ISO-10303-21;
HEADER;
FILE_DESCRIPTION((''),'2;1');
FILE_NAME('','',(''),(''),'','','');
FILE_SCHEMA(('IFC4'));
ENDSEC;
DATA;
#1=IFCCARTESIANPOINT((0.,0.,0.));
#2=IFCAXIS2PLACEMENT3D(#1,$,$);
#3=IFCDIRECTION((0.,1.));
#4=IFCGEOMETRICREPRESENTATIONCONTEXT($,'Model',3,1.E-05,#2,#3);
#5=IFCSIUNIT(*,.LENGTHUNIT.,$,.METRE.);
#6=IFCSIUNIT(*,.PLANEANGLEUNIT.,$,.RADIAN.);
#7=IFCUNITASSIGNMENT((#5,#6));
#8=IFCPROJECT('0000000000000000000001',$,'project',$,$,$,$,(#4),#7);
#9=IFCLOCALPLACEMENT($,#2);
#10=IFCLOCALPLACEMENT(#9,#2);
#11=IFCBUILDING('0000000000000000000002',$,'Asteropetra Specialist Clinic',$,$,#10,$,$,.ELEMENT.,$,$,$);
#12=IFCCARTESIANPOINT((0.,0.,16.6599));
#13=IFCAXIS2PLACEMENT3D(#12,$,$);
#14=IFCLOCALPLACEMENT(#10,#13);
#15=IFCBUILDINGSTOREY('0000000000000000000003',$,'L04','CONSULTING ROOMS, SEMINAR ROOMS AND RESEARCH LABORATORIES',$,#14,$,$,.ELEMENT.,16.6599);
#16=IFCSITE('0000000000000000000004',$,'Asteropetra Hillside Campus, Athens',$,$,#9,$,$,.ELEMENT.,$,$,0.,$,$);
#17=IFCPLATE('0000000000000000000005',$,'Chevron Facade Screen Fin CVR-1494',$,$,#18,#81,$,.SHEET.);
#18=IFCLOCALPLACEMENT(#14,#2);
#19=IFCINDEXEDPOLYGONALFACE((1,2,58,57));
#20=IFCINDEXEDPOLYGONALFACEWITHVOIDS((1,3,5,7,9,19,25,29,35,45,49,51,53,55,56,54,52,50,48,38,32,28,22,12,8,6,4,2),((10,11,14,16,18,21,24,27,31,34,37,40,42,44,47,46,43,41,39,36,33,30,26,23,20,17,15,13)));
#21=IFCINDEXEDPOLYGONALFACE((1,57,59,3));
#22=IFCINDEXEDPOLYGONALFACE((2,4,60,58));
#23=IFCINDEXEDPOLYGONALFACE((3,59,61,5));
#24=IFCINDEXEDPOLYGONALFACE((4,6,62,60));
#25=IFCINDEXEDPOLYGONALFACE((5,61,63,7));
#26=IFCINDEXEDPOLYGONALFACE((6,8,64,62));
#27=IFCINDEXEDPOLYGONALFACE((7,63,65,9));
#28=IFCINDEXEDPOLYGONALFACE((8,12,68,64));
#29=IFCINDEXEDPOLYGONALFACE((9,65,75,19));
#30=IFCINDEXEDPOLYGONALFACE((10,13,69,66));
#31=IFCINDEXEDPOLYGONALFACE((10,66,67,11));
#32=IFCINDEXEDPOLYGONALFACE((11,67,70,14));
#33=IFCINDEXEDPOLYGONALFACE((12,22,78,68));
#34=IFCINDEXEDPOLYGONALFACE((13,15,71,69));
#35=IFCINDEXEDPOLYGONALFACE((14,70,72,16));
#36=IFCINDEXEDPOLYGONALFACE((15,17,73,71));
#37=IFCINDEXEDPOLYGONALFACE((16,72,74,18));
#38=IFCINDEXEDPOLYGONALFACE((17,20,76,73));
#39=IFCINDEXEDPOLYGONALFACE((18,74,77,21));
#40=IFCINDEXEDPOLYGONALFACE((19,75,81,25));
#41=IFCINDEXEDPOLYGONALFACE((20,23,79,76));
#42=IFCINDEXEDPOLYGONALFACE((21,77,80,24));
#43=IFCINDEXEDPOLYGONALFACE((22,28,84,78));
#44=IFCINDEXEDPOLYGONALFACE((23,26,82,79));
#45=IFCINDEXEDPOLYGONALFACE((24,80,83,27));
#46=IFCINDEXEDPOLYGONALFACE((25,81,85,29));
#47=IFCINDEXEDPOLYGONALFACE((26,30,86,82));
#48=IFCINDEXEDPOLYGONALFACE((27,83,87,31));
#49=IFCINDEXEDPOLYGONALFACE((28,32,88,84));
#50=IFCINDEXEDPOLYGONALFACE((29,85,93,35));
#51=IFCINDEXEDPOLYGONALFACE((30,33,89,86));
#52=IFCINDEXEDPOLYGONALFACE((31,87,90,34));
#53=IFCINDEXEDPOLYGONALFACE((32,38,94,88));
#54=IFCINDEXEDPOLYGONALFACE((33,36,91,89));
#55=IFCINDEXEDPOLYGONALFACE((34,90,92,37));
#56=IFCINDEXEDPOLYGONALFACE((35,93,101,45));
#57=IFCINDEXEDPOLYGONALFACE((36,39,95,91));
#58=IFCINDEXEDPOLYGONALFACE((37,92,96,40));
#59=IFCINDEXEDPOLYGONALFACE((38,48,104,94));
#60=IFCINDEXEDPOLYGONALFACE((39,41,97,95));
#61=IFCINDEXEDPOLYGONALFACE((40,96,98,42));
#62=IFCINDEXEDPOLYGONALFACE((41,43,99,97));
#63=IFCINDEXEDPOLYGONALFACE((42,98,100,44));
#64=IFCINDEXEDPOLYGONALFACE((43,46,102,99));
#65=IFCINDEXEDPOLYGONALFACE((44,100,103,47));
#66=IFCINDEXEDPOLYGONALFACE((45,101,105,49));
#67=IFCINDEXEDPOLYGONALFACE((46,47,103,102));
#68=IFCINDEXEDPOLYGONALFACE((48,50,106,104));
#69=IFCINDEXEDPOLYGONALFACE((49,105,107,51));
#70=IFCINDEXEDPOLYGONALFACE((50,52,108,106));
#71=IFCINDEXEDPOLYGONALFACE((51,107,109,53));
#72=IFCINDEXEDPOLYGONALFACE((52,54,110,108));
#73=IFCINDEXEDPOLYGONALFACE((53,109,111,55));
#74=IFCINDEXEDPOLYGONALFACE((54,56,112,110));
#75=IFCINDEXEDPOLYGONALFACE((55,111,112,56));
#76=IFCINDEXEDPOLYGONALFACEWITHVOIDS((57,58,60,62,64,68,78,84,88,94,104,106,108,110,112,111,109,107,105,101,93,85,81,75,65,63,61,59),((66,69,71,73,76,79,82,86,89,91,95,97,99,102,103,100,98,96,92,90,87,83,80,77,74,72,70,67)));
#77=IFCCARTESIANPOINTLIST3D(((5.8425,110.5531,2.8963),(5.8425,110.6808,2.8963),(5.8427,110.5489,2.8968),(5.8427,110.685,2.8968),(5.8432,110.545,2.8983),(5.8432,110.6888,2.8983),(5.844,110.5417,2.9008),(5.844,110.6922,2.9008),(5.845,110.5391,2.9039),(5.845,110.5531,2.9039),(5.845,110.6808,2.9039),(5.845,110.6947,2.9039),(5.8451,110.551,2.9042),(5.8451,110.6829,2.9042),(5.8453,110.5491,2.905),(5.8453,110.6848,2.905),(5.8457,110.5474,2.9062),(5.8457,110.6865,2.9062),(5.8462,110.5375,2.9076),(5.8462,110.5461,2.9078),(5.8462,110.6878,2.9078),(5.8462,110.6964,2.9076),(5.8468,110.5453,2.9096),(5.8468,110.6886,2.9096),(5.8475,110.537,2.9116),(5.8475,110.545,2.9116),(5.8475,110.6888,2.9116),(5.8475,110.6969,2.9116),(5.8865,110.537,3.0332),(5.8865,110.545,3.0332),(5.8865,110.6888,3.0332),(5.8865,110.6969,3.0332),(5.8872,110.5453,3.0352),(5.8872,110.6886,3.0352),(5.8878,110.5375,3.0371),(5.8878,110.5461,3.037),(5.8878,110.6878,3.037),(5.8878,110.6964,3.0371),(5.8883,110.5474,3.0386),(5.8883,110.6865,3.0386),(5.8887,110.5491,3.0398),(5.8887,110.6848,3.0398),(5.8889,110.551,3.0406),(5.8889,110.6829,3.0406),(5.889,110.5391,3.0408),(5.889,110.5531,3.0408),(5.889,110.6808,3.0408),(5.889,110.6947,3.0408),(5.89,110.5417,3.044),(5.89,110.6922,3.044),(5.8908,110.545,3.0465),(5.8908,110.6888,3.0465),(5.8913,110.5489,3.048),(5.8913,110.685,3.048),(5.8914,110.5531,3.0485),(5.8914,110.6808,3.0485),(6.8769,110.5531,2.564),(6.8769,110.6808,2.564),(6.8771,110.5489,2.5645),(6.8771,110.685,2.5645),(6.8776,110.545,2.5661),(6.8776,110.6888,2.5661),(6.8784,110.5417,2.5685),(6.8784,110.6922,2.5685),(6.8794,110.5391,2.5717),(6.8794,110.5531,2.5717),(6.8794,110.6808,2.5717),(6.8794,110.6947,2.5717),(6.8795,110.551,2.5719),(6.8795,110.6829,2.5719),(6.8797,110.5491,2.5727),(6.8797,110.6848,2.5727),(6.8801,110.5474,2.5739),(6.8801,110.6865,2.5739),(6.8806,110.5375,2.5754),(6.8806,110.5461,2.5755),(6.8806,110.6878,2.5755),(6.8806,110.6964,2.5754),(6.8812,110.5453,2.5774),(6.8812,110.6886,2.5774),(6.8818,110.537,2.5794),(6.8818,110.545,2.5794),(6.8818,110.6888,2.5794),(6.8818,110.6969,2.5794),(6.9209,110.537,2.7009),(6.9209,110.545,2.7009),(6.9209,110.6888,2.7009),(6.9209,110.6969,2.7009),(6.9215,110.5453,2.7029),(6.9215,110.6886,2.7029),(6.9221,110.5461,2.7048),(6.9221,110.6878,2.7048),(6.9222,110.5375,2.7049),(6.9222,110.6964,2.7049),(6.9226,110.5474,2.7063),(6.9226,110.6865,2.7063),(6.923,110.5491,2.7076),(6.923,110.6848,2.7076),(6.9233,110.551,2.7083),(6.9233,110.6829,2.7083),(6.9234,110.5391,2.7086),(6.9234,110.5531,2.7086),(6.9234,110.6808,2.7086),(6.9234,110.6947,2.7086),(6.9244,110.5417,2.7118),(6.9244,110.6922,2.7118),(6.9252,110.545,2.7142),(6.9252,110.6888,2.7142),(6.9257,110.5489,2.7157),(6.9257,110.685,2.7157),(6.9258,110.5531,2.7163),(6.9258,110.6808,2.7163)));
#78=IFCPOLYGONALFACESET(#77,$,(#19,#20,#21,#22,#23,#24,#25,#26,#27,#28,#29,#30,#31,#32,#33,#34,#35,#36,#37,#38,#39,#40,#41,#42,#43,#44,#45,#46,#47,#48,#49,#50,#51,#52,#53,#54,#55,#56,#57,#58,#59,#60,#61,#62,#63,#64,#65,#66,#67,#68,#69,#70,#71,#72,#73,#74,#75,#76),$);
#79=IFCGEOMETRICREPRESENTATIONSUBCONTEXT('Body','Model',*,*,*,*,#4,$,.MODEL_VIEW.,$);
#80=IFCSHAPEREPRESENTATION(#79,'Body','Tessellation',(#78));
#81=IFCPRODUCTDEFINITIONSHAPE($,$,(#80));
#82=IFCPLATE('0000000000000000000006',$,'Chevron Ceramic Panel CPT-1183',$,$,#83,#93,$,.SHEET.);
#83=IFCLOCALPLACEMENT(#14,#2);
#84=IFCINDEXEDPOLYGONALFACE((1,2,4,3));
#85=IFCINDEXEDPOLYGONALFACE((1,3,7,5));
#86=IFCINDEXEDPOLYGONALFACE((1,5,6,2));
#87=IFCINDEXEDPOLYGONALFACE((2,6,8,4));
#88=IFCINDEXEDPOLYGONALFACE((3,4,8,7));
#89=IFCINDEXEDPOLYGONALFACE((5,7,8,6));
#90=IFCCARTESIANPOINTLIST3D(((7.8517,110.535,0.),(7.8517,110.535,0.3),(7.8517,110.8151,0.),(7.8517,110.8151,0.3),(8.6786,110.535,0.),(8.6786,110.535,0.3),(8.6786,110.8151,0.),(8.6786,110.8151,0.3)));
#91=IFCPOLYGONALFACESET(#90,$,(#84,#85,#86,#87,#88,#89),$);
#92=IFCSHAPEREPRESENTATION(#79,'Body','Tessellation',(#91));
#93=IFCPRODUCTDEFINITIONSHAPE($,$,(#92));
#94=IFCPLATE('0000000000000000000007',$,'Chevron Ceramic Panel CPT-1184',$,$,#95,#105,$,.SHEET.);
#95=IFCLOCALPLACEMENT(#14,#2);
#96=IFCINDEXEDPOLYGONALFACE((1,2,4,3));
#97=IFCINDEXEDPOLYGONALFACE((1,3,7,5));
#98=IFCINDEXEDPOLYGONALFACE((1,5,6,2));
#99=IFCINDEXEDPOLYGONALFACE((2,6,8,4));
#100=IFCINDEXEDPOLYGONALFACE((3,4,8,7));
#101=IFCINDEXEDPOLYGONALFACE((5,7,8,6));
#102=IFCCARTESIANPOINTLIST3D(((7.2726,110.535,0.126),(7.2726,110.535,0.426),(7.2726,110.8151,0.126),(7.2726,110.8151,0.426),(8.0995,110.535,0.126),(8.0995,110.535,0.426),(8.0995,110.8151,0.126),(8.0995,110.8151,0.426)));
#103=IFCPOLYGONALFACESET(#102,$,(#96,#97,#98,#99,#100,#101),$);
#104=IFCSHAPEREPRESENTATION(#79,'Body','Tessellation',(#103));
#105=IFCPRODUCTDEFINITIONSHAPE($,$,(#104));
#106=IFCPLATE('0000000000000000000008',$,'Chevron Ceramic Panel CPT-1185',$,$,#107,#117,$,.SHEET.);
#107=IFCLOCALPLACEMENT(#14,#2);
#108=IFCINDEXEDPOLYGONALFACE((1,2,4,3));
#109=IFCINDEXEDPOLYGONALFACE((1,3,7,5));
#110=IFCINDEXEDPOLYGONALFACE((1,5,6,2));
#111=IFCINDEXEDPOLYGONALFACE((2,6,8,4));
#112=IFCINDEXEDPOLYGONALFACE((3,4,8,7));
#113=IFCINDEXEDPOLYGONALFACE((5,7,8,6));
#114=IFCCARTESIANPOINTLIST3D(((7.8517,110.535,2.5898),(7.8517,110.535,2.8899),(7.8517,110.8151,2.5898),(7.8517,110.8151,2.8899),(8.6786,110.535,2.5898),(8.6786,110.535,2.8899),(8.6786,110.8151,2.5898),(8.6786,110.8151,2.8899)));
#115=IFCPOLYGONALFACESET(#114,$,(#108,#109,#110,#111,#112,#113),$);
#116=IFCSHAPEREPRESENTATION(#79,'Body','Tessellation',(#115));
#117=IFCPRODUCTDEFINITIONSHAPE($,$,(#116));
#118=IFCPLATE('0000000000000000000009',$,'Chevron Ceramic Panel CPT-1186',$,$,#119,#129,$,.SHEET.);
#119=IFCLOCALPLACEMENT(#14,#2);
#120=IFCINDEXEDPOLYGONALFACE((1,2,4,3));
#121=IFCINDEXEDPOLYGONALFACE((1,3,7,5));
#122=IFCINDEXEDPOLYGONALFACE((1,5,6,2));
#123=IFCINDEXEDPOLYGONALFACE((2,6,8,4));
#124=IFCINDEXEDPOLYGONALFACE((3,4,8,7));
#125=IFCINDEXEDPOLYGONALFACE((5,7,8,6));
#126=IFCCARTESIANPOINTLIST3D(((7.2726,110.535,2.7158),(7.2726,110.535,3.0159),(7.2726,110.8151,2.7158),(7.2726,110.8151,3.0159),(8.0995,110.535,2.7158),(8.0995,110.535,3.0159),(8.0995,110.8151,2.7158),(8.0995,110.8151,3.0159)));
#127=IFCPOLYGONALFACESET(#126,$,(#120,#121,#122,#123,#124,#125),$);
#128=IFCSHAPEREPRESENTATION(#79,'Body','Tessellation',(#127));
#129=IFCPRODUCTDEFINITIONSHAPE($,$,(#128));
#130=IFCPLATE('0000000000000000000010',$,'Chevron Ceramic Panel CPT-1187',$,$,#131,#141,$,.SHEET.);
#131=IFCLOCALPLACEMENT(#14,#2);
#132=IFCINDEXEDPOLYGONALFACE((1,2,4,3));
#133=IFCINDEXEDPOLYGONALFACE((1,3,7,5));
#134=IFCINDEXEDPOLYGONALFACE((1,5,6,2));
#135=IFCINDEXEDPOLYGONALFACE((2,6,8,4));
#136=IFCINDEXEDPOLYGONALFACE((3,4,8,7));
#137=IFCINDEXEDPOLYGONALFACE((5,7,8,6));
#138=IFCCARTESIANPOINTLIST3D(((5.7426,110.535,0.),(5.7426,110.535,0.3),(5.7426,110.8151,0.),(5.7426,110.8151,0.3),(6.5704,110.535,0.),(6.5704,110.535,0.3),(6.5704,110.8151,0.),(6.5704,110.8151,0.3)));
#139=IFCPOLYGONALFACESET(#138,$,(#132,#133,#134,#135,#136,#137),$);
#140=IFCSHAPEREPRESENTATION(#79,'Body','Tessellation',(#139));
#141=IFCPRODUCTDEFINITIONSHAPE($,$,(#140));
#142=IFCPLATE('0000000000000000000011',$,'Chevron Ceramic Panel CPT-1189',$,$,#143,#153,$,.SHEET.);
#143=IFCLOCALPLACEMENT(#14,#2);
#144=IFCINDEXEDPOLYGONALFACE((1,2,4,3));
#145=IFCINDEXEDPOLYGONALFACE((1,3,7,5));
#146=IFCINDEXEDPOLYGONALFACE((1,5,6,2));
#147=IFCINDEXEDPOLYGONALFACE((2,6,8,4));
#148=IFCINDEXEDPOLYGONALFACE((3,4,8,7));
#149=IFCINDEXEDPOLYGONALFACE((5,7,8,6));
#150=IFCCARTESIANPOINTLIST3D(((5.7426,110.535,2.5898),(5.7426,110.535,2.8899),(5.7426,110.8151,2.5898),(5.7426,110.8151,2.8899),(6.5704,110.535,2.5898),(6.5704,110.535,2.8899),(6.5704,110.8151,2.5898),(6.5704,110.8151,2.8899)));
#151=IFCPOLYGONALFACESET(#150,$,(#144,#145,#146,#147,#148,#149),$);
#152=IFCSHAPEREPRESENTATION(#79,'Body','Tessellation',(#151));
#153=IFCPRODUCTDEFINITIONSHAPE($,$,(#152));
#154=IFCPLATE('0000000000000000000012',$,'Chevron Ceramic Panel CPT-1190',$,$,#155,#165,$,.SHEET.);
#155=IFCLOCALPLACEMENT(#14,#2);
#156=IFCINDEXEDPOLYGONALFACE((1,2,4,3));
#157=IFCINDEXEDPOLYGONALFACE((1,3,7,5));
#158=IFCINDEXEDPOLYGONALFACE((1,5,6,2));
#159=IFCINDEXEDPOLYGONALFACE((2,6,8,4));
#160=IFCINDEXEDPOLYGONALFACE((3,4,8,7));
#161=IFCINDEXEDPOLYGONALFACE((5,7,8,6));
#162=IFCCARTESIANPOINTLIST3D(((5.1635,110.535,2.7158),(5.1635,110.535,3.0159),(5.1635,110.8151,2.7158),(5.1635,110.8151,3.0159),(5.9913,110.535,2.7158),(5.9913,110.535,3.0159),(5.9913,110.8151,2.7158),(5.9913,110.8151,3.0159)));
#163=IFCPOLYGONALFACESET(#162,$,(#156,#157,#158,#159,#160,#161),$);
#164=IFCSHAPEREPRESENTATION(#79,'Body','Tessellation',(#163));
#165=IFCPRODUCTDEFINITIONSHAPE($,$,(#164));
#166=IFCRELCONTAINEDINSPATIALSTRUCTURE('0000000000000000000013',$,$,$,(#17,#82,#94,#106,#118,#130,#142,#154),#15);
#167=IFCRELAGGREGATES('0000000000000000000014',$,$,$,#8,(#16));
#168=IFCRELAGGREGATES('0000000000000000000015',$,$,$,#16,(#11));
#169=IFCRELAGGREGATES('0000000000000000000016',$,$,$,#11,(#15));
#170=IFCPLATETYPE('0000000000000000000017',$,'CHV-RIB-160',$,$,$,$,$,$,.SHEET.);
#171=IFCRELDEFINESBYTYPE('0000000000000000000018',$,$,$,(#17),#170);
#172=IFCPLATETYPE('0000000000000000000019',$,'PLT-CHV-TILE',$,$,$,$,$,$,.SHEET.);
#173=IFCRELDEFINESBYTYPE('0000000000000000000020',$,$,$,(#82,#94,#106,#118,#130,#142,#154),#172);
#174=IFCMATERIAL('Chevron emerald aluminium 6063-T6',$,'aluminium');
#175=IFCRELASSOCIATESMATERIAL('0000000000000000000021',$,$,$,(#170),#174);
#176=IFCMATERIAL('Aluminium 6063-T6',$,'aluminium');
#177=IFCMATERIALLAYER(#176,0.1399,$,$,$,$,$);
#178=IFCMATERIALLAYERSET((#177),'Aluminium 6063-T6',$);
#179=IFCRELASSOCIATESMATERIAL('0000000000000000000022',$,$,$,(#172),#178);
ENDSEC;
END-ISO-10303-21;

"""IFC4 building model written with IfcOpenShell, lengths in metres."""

from ifc_helpers import new_model, si_unit, direction, frame, origin, origin_2d, place, context, subcontext, project, spatial, rectangle, hollow_rectangle, extrude, material, layer, layer_set, material_profile, profile_set, type_object, element, save


model = new_model("IFC4")

# Units and contexts
model_context = context("Model", 3, precision=1e-05, world=origin(), true_north=direction((0.0, 1.0)))
body_context = subcontext(model_context, "Body", "Model", "MODEL_VIEW")
ifc_project = project(units=[si_unit("LENGTHUNIT", "METRE"), si_unit("PLANEANGLEUNIT", "RADIAN")], contexts=[model_context])

# Site, building, storey
site_placement = place(None, origin())
site = spatial("IfcSite", under=ifc_project, at=site_placement, Name="Asteropetra Hillside Campus, Athens", CompositionType="ELEMENT", RefElevation=0.0)
building_placement = place(site_placement, origin())
building = spatial("IfcBuilding", under=site, at=building_placement, Name="Asteropetra Specialist Clinic", CompositionType="ELEMENT")
storey_placement = place(building_placement, frame((0.0, 0.0, 16.6599)))
storey = spatial("IfcBuildingStorey", under=building, at=storey_placement, Name="L04", Description="CONSULTING ROOMS, SEMINAR ROOMS AND RESEARCH LABORATORIES", CompositionType="ELEMENT", Elevation=16.6599)

# Plates
ifc_material_1 = material(Name="Chevron emerald aluminium 6063-T6", Category="aluminium")
ifc_material_profile_1 = material_profile(ifc_material_1, hollow_rectangle(XDim=0.1599, YDim=0.1599, WallThickness=0.0081, InnerFilletRadius=0.0081, OuterFilletRadius=0.0161, at=origin_2d()), Name="SHS 160x160x8.0")
ifc_profile_set_1 = profile_set([ifc_material_profile_1], Name="Chevron emerald aluminium 6063-T6")
plate_type_1 = type_object("IfcPlateType", Name="CHV-RIB-160", PredefinedType="SHEET", material=ifc_profile_set_1)
plate_1_placement = place(storey_placement, frame((6.9014, 110.6169, 2.6401), z_axis=(-0.952087, 0.0, 0.305827), x_axis=(0.0, -1.0, 0.0)))
element("IfcPlate", 1, at=plate_1_placement, inside=storey, type_object=plate_type_1, Name="Chevron Facade Screen Fin CVR-1494", PredefinedType="SHEET", context=body_context, shape_type="SweptSolid", body=[
    extrude(hollow_rectangle(XDim=0.1599, YDim=0.1599, WallThickness=0.0081, InnerFilletRadius=0.0081, OuterFilletRadius=0.0161, at=origin_2d()), origin(), (0.0, 0.0, 1.0), 1.0864),
])
ifc_material_2 = material(Name="Aluminium 6063-T6", Category="aluminium")
ifc_layer_1 = layer(ifc_material_2, 0.1399)
ifc_layer_set_1 = layer_set([ifc_layer_1], Name="Aluminium 6063-T6")
plate_type_2 = type_object("IfcPlateType", Name="PLT-CHV-TILE", PredefinedType="SHEET", material=ifc_layer_set_1)
for number, where, z_axis, x_axis, name in (
    (2, (8.2651, 110.675, 0.0), (0.0, 0.0, 1.0), (1.0, 0.0, 0.0), "Chevron Ceramic Panel CPT-1183"),
    (3, (7.686, 110.675, 0.126), (0.0, 0.0, 1.0), (1.0, 0.0, 0.0), "Chevron Ceramic Panel CPT-1184"),
    (4, (8.2651, 110.675, 2.5898), (0.0, 0.0, 1.0), (1.0, 0.0, 0.0), "Chevron Ceramic Panel CPT-1185"),
    (5, (7.686, 110.675, 2.7158), (0.0, 0.0, 1.0), (1.0, 0.0, 0.0), "Chevron Ceramic Panel CPT-1186"),
):
    element("IfcPlate", number, at=place(storey_placement, frame(where, z_axis=z_axis, x_axis=x_axis)), inside=storey, type_object=plate_type_2, Name=name, PredefinedType="SHEET", context=body_context, shape_type="SweptSolid", body=[
        extrude(rectangle(XDim=0.8269, YDim=0.28, at=origin_2d()), origin(), (0.0, 0.0, 1.0), 0.3),
    ])
for number, where, z_axis, x_axis, name in (
    (6, (6.1565, 110.675, 0.0), (0.0, 0.0, 1.0), (1.0, 0.0, 0.0), "Chevron Ceramic Panel CPT-1187"),
    (7, (6.1565, 110.675, 2.5898), (0.0, 0.0, 1.0), (1.0, 0.0, 0.0), "Chevron Ceramic Panel CPT-1189"),
    (8, (5.5774, 110.675, 2.7158), (0.0, 0.0, 1.0), (1.0, 0.0, 0.0), "Chevron Ceramic Panel CPT-1190"),
):
    element("IfcPlate", number, at=place(storey_placement, frame(where, z_axis=z_axis, x_axis=x_axis)), inside=storey, type_object=plate_type_2, Name=name, PredefinedType="SHEET", context=body_context, shape_type="SweptSolid", body=[
        extrude(rectangle(XDim=0.8279, YDim=0.28, at=origin_2d()), origin(), (0.0, 0.0, 1.0), 0.3),
    ])

save(model, "model.ifc")
